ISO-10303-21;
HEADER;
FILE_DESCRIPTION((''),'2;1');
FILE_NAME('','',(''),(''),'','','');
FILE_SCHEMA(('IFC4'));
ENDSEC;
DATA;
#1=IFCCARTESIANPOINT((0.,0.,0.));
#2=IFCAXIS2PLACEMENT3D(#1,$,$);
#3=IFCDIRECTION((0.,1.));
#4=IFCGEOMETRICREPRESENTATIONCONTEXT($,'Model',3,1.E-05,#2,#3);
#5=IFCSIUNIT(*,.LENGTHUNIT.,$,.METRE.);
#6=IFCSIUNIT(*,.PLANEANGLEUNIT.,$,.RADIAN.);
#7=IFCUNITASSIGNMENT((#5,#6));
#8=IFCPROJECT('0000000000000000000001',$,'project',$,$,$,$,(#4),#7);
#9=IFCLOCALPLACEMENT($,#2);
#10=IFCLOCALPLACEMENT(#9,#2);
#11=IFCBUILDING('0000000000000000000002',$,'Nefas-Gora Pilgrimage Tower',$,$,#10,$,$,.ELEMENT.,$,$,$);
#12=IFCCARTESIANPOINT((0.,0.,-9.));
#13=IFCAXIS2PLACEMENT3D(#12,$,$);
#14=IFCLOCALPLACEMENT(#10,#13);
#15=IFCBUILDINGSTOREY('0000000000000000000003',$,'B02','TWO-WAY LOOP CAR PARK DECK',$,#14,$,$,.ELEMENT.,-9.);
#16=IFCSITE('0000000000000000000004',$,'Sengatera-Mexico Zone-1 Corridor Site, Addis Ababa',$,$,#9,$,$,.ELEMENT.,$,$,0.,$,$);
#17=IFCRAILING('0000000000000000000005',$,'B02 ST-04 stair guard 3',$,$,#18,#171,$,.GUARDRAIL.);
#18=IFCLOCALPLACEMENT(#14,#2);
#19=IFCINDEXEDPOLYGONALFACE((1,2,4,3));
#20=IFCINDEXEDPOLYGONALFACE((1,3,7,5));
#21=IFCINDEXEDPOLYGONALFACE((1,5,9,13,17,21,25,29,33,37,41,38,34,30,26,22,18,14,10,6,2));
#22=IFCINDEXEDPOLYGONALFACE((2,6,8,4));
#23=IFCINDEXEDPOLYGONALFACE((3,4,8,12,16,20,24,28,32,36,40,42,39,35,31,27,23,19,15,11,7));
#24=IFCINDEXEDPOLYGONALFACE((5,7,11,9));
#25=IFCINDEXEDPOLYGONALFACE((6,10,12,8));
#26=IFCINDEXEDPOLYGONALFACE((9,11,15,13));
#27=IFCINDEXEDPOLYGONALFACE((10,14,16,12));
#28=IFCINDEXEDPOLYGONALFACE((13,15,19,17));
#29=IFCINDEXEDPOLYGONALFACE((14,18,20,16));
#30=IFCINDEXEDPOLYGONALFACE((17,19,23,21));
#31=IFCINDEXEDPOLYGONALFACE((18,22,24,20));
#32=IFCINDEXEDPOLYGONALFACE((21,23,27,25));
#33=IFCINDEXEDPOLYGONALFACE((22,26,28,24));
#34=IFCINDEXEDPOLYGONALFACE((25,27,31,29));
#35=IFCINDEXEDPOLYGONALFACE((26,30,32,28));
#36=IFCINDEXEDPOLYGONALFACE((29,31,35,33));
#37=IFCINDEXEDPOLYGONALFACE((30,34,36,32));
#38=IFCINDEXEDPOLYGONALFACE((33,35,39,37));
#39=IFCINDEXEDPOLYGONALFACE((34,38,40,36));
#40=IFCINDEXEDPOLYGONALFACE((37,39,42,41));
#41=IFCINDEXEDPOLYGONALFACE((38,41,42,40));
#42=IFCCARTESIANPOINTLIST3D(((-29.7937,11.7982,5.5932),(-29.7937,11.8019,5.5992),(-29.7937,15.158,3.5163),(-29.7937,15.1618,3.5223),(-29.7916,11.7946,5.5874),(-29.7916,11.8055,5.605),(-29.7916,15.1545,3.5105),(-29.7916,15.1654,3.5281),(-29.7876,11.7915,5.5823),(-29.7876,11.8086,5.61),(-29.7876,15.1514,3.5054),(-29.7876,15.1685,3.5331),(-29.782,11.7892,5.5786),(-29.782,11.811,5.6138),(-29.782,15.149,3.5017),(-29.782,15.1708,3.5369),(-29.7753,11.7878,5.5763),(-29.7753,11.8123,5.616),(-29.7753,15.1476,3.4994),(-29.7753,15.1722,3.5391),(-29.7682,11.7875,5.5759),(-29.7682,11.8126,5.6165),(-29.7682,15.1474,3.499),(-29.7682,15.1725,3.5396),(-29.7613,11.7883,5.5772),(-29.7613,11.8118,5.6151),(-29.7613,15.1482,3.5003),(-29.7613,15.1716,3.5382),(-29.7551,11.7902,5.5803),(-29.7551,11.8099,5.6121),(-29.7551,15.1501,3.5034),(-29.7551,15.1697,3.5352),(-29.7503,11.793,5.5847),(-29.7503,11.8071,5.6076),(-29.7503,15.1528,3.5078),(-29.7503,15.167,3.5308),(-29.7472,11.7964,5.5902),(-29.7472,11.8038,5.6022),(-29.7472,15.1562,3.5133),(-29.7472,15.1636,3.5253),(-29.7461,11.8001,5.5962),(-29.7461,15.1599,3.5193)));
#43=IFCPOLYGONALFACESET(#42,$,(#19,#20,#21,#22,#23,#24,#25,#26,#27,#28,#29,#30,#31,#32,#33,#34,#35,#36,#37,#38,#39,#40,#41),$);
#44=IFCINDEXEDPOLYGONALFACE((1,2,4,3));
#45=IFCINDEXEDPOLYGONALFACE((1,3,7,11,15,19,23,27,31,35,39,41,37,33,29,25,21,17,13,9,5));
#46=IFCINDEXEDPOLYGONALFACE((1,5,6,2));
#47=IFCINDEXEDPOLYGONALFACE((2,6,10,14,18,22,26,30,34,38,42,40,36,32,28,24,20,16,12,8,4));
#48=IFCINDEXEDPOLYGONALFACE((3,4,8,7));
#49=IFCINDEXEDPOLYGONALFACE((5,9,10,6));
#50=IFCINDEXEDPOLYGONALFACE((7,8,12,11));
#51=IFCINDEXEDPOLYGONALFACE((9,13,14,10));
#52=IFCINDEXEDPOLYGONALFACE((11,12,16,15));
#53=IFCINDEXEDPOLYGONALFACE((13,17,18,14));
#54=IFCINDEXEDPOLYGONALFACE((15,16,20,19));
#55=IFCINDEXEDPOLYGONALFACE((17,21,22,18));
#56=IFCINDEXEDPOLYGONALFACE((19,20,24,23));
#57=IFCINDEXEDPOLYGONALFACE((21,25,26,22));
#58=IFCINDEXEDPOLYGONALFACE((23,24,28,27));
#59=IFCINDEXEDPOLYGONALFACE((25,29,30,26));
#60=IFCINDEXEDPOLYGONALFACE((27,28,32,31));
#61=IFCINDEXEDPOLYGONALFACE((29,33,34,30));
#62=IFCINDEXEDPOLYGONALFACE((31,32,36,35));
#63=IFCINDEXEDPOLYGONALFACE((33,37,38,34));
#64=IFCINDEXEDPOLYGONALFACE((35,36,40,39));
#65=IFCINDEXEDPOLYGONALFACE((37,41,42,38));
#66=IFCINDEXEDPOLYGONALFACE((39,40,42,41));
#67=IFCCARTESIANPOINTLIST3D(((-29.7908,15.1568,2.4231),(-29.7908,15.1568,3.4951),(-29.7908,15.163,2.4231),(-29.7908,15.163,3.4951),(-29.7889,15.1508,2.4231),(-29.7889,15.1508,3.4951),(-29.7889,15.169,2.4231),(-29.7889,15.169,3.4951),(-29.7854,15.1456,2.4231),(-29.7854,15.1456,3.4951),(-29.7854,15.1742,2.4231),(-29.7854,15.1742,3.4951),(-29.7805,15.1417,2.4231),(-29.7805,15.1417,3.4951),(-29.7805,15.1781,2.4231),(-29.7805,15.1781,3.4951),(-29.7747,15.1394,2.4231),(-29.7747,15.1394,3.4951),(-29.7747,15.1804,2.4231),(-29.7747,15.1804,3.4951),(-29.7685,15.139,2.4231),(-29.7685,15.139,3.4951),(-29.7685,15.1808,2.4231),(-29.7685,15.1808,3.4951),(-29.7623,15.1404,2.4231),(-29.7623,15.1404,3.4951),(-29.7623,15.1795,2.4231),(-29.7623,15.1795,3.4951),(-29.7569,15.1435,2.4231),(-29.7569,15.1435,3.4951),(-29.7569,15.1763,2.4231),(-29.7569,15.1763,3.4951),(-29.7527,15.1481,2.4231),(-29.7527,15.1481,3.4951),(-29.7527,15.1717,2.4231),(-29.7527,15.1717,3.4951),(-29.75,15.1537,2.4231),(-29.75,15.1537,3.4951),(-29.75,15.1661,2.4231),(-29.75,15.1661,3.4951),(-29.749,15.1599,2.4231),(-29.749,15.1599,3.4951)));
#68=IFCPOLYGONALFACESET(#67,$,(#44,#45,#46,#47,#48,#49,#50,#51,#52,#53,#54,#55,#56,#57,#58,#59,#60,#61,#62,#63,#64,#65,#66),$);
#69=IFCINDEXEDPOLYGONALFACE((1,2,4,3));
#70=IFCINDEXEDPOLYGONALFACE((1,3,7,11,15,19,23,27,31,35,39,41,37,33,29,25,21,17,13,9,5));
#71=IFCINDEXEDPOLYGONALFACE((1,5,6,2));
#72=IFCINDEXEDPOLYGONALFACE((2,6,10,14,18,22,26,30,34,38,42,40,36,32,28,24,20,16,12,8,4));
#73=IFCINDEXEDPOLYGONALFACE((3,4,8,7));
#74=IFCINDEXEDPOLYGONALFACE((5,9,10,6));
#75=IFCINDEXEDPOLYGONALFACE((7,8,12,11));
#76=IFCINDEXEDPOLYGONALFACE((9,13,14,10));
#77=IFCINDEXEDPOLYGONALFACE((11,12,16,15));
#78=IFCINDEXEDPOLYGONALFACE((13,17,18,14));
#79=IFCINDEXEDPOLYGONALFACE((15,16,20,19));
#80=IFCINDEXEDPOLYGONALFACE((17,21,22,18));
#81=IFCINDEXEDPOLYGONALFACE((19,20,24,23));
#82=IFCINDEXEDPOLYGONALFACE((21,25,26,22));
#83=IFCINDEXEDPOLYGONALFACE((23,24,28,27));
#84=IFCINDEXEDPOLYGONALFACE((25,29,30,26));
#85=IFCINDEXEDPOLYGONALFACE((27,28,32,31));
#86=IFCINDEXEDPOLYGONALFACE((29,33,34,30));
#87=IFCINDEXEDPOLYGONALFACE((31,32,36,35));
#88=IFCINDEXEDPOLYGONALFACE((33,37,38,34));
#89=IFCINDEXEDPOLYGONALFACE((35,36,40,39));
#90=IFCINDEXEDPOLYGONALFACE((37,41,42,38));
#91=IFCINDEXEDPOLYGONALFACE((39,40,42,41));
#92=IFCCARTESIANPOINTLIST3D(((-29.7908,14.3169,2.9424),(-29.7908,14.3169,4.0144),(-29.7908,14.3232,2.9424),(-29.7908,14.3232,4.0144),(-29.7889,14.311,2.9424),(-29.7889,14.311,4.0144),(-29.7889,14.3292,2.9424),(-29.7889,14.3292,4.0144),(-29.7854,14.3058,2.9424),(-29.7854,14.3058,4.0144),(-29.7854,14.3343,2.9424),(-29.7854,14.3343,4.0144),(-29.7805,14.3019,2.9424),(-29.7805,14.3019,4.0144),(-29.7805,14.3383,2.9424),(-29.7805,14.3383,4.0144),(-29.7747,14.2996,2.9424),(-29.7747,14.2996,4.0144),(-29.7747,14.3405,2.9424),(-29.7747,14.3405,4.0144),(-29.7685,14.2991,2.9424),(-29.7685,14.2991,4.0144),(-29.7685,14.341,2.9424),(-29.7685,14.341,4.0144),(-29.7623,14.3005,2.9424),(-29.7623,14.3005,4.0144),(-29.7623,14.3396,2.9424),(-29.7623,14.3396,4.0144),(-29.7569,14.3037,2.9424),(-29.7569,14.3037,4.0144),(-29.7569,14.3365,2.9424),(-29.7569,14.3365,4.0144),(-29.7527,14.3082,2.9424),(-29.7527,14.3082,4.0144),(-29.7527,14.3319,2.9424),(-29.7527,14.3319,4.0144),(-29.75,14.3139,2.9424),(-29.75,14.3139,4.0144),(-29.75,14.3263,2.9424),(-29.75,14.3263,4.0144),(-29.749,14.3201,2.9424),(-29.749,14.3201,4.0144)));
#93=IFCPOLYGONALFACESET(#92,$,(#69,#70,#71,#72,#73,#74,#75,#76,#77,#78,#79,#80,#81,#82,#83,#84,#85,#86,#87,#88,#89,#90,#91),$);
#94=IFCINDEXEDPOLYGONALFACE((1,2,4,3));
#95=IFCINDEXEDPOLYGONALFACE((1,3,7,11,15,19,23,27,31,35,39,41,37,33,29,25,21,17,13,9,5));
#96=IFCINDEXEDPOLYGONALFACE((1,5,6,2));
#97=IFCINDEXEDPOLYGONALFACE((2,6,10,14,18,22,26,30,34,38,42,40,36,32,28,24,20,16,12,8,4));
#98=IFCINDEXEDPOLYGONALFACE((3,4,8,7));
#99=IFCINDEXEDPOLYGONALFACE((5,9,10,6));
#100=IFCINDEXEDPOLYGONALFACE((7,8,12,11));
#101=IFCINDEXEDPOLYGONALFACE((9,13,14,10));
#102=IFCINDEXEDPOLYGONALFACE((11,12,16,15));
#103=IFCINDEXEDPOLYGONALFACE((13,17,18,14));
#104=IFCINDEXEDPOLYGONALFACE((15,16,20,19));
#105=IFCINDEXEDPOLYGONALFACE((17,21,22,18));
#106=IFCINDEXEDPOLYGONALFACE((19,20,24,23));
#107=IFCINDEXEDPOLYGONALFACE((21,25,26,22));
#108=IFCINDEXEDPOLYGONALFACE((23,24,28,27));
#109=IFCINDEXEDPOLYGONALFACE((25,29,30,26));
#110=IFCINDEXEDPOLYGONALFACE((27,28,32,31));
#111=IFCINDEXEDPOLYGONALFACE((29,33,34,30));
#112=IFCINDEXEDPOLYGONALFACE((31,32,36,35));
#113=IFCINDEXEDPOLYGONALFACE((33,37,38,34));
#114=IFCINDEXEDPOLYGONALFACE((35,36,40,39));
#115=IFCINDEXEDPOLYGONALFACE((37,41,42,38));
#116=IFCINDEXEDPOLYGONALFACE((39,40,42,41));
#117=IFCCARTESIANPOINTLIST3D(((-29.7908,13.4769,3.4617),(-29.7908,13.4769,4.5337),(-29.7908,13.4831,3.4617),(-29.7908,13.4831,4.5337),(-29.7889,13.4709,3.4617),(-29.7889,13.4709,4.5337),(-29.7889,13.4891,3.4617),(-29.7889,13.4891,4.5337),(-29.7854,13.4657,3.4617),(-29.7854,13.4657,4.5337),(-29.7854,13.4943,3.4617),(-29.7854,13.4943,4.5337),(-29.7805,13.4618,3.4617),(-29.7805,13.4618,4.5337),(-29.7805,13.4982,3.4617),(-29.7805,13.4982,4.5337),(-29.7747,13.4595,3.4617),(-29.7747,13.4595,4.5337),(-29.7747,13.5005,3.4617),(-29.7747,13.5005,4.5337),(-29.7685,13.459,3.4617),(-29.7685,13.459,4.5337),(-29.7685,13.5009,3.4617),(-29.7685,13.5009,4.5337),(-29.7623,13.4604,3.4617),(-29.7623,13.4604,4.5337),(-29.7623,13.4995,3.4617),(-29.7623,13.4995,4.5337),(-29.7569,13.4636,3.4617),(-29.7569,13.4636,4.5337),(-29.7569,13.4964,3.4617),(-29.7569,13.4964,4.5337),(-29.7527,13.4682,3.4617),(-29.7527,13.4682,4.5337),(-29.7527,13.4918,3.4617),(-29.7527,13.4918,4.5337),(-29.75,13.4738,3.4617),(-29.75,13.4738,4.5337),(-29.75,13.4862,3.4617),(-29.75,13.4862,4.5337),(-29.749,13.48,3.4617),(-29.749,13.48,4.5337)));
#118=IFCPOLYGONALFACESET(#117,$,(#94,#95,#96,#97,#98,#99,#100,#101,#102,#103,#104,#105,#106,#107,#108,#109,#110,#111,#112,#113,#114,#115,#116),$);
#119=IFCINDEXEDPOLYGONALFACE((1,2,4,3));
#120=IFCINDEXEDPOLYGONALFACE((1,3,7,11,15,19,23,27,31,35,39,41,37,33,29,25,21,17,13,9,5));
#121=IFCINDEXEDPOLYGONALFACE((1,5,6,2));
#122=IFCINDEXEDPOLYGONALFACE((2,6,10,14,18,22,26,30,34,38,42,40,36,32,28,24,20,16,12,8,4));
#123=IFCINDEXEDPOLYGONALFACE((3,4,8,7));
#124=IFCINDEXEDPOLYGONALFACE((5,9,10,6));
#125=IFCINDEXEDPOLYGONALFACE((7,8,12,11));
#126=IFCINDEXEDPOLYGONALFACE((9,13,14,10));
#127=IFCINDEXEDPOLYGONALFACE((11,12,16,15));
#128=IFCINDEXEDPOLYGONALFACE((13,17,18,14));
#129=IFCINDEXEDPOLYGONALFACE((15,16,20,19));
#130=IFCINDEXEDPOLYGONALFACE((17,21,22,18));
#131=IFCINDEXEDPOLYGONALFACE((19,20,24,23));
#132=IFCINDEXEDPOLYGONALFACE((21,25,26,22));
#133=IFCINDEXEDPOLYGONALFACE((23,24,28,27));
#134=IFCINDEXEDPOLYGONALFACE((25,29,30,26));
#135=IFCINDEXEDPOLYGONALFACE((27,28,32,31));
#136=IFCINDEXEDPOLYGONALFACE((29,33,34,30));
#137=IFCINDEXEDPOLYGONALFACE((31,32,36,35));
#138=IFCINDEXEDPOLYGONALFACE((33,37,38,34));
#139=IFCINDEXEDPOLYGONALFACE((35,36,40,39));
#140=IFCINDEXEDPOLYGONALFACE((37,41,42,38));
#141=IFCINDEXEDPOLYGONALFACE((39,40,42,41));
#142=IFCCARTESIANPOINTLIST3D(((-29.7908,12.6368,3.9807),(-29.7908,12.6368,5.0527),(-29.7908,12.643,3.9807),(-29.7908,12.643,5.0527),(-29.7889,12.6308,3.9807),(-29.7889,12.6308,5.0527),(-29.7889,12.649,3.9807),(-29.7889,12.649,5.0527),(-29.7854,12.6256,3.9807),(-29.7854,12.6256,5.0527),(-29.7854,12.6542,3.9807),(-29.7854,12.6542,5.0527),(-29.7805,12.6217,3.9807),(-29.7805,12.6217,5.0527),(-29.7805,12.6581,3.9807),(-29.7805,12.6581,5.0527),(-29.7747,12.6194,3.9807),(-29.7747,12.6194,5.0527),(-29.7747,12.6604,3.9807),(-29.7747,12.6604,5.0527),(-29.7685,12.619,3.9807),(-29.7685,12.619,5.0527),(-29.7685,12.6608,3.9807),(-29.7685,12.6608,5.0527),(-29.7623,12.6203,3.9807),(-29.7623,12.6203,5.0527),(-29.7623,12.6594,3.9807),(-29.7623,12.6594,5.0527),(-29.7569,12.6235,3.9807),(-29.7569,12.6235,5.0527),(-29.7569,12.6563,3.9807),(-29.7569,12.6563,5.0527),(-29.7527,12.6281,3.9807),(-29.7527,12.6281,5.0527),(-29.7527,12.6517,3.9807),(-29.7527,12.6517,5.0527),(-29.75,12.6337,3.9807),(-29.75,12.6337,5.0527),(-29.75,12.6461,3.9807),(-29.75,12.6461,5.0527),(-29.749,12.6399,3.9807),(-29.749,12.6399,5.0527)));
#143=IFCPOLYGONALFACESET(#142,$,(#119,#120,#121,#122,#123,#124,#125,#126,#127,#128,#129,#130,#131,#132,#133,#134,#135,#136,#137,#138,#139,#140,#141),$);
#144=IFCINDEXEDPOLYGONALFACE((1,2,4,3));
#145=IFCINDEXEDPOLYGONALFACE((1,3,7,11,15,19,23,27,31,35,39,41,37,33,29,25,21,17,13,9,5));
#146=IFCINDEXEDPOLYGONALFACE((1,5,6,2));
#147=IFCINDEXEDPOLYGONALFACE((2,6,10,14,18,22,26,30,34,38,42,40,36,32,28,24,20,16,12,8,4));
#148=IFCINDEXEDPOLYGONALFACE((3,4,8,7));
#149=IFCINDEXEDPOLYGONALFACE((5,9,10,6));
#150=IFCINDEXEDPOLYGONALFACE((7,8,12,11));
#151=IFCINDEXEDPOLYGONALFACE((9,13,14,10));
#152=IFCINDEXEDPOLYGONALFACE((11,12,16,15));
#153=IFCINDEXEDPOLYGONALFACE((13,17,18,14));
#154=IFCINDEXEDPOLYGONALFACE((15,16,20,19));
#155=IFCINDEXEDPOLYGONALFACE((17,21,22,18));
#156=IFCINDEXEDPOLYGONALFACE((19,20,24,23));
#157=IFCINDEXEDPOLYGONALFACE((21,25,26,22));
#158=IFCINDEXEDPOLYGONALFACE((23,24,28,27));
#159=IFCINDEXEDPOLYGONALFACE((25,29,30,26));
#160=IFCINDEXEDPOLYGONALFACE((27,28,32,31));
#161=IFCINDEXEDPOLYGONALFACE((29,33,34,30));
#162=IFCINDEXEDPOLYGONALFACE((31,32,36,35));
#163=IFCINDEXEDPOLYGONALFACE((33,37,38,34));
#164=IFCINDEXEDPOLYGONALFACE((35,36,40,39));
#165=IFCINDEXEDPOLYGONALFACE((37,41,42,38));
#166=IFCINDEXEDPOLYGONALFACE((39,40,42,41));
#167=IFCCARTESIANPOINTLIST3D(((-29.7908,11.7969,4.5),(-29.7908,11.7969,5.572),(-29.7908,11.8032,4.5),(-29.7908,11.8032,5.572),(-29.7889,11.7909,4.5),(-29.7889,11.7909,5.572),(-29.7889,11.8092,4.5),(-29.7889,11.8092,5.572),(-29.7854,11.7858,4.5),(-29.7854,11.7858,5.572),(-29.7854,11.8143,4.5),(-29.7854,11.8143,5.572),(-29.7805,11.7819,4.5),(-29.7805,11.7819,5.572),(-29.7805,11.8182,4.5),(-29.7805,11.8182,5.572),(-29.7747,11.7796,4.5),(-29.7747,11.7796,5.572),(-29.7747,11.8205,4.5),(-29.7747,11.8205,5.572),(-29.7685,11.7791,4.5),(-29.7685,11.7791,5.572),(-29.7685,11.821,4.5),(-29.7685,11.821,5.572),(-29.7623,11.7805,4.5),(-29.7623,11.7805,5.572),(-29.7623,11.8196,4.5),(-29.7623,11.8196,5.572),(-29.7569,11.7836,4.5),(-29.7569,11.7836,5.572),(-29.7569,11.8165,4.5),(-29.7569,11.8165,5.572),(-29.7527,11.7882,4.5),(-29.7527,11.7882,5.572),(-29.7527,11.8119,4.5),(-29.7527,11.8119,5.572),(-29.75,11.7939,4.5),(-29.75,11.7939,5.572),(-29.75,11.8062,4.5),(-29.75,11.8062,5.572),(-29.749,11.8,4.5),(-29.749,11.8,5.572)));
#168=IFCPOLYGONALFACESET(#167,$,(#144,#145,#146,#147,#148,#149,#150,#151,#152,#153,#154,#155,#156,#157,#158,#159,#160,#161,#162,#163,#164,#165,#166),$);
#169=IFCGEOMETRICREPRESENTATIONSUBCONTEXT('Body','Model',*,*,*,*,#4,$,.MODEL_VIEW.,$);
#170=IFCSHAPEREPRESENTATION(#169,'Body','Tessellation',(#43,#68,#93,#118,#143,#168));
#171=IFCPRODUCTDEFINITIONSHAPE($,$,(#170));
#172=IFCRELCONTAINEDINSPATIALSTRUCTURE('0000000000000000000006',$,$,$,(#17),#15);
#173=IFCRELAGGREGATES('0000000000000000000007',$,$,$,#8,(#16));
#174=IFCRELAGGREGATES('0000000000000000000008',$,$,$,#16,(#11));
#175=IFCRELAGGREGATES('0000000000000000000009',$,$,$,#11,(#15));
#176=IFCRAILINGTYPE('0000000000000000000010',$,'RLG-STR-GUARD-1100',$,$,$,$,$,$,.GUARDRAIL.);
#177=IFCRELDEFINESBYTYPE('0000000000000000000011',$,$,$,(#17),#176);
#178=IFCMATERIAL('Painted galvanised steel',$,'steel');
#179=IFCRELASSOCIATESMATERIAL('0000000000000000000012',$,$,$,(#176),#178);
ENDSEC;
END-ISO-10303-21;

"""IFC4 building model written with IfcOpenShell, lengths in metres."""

from ifc_helpers import new_model, si_unit, direction, frame, origin, origin_2d, place, context, subcontext, project, spatial, circle, extrude, material, type_object, element, save


model = new_model("IFC4")

# Units and contexts
model_context = context("Model", 3, precision=1e-05, world=origin(), true_north=direction((0.0, 1.0)))
body_context = subcontext(model_context, "Body", "Model", "MODEL_VIEW")
ifc_project = project(units=[si_unit("LENGTHUNIT", "METRE"), si_unit("PLANEANGLEUNIT", "RADIAN")], contexts=[model_context])

# Site, building, storey
site_placement = place(None, origin())
site = spatial("IfcSite", under=ifc_project, at=site_placement, Name="Sengatera-Mexico Zone-1 Corridor Site, Addis Ababa", CompositionType="ELEMENT", RefElevation=0.0)
building_placement = place(site_placement, origin())
building = spatial("IfcBuilding", under=site, at=building_placement, Name="Nefas-Gora Pilgrimage Tower", CompositionType="ELEMENT")
storey_placement = place(building_placement, frame((0.0, 0.0, -9.0)))
storey = spatial("IfcBuildingStorey", under=building, at=storey_placement, Name="B02", Description="TWO-WAY LOOP CAR PARK DECK", CompositionType="ELEMENT", Elevation=-9.0)

# Railing
ifc_material_1 = material(Name="Painted galvanised steel", Category="steel")
railing_type_1 = type_object("IfcRailingType", Name="RLG-STR-GUARD-1100", PredefinedType="GUARDRAIL", material=ifc_material_1)
railing_1_placement = place(storey_placement, frame((-29.77, 15.1599, 2.4231)))
element("IfcRailing", 1, at=railing_1_placement, inside=storey, type_object=railing_type_1, Name="B02 ST-04 stair guard 3", PredefinedType="GUARDRAIL", context=body_context, shape_type="SweptSolid", body=[
    extrude(circle(Radius=0.0239, at=origin_2d()), frame((0.0, 0.0, 1.0962), z_axis=(0.0, -0.850606, 0.525803), x_axis=(1.0, 0.0, 0.0)), (0.0, 0.0, 1.0), 3.95),
    extrude(circle(Radius=0.021, at=origin_2d()), origin(), (0.0, 0.0, 1.0), 1.072),
    extrude(circle(Radius=0.021, at=origin_2d()), frame((0.0, -0.8398, 0.5193)), (0.0, 0.0, 1.0), 1.072),
    extrude(circle(Radius=0.021, at=origin_2d()), frame((0.0, -1.6799, 1.0386)), (0.0, 0.0, 1.0), 1.072),
    extrude(circle(Radius=0.021, at=origin_2d()), frame((0.0, -2.52, 1.5576)), (0.0, 0.0, 1.0), 1.072),
    extrude(circle(Radius=0.021, at=origin_2d()), frame((0.0, -3.3599, 2.0769)), (0.0, 0.0, 1.0), 1.072),
])

save(model, "model.ifc")
